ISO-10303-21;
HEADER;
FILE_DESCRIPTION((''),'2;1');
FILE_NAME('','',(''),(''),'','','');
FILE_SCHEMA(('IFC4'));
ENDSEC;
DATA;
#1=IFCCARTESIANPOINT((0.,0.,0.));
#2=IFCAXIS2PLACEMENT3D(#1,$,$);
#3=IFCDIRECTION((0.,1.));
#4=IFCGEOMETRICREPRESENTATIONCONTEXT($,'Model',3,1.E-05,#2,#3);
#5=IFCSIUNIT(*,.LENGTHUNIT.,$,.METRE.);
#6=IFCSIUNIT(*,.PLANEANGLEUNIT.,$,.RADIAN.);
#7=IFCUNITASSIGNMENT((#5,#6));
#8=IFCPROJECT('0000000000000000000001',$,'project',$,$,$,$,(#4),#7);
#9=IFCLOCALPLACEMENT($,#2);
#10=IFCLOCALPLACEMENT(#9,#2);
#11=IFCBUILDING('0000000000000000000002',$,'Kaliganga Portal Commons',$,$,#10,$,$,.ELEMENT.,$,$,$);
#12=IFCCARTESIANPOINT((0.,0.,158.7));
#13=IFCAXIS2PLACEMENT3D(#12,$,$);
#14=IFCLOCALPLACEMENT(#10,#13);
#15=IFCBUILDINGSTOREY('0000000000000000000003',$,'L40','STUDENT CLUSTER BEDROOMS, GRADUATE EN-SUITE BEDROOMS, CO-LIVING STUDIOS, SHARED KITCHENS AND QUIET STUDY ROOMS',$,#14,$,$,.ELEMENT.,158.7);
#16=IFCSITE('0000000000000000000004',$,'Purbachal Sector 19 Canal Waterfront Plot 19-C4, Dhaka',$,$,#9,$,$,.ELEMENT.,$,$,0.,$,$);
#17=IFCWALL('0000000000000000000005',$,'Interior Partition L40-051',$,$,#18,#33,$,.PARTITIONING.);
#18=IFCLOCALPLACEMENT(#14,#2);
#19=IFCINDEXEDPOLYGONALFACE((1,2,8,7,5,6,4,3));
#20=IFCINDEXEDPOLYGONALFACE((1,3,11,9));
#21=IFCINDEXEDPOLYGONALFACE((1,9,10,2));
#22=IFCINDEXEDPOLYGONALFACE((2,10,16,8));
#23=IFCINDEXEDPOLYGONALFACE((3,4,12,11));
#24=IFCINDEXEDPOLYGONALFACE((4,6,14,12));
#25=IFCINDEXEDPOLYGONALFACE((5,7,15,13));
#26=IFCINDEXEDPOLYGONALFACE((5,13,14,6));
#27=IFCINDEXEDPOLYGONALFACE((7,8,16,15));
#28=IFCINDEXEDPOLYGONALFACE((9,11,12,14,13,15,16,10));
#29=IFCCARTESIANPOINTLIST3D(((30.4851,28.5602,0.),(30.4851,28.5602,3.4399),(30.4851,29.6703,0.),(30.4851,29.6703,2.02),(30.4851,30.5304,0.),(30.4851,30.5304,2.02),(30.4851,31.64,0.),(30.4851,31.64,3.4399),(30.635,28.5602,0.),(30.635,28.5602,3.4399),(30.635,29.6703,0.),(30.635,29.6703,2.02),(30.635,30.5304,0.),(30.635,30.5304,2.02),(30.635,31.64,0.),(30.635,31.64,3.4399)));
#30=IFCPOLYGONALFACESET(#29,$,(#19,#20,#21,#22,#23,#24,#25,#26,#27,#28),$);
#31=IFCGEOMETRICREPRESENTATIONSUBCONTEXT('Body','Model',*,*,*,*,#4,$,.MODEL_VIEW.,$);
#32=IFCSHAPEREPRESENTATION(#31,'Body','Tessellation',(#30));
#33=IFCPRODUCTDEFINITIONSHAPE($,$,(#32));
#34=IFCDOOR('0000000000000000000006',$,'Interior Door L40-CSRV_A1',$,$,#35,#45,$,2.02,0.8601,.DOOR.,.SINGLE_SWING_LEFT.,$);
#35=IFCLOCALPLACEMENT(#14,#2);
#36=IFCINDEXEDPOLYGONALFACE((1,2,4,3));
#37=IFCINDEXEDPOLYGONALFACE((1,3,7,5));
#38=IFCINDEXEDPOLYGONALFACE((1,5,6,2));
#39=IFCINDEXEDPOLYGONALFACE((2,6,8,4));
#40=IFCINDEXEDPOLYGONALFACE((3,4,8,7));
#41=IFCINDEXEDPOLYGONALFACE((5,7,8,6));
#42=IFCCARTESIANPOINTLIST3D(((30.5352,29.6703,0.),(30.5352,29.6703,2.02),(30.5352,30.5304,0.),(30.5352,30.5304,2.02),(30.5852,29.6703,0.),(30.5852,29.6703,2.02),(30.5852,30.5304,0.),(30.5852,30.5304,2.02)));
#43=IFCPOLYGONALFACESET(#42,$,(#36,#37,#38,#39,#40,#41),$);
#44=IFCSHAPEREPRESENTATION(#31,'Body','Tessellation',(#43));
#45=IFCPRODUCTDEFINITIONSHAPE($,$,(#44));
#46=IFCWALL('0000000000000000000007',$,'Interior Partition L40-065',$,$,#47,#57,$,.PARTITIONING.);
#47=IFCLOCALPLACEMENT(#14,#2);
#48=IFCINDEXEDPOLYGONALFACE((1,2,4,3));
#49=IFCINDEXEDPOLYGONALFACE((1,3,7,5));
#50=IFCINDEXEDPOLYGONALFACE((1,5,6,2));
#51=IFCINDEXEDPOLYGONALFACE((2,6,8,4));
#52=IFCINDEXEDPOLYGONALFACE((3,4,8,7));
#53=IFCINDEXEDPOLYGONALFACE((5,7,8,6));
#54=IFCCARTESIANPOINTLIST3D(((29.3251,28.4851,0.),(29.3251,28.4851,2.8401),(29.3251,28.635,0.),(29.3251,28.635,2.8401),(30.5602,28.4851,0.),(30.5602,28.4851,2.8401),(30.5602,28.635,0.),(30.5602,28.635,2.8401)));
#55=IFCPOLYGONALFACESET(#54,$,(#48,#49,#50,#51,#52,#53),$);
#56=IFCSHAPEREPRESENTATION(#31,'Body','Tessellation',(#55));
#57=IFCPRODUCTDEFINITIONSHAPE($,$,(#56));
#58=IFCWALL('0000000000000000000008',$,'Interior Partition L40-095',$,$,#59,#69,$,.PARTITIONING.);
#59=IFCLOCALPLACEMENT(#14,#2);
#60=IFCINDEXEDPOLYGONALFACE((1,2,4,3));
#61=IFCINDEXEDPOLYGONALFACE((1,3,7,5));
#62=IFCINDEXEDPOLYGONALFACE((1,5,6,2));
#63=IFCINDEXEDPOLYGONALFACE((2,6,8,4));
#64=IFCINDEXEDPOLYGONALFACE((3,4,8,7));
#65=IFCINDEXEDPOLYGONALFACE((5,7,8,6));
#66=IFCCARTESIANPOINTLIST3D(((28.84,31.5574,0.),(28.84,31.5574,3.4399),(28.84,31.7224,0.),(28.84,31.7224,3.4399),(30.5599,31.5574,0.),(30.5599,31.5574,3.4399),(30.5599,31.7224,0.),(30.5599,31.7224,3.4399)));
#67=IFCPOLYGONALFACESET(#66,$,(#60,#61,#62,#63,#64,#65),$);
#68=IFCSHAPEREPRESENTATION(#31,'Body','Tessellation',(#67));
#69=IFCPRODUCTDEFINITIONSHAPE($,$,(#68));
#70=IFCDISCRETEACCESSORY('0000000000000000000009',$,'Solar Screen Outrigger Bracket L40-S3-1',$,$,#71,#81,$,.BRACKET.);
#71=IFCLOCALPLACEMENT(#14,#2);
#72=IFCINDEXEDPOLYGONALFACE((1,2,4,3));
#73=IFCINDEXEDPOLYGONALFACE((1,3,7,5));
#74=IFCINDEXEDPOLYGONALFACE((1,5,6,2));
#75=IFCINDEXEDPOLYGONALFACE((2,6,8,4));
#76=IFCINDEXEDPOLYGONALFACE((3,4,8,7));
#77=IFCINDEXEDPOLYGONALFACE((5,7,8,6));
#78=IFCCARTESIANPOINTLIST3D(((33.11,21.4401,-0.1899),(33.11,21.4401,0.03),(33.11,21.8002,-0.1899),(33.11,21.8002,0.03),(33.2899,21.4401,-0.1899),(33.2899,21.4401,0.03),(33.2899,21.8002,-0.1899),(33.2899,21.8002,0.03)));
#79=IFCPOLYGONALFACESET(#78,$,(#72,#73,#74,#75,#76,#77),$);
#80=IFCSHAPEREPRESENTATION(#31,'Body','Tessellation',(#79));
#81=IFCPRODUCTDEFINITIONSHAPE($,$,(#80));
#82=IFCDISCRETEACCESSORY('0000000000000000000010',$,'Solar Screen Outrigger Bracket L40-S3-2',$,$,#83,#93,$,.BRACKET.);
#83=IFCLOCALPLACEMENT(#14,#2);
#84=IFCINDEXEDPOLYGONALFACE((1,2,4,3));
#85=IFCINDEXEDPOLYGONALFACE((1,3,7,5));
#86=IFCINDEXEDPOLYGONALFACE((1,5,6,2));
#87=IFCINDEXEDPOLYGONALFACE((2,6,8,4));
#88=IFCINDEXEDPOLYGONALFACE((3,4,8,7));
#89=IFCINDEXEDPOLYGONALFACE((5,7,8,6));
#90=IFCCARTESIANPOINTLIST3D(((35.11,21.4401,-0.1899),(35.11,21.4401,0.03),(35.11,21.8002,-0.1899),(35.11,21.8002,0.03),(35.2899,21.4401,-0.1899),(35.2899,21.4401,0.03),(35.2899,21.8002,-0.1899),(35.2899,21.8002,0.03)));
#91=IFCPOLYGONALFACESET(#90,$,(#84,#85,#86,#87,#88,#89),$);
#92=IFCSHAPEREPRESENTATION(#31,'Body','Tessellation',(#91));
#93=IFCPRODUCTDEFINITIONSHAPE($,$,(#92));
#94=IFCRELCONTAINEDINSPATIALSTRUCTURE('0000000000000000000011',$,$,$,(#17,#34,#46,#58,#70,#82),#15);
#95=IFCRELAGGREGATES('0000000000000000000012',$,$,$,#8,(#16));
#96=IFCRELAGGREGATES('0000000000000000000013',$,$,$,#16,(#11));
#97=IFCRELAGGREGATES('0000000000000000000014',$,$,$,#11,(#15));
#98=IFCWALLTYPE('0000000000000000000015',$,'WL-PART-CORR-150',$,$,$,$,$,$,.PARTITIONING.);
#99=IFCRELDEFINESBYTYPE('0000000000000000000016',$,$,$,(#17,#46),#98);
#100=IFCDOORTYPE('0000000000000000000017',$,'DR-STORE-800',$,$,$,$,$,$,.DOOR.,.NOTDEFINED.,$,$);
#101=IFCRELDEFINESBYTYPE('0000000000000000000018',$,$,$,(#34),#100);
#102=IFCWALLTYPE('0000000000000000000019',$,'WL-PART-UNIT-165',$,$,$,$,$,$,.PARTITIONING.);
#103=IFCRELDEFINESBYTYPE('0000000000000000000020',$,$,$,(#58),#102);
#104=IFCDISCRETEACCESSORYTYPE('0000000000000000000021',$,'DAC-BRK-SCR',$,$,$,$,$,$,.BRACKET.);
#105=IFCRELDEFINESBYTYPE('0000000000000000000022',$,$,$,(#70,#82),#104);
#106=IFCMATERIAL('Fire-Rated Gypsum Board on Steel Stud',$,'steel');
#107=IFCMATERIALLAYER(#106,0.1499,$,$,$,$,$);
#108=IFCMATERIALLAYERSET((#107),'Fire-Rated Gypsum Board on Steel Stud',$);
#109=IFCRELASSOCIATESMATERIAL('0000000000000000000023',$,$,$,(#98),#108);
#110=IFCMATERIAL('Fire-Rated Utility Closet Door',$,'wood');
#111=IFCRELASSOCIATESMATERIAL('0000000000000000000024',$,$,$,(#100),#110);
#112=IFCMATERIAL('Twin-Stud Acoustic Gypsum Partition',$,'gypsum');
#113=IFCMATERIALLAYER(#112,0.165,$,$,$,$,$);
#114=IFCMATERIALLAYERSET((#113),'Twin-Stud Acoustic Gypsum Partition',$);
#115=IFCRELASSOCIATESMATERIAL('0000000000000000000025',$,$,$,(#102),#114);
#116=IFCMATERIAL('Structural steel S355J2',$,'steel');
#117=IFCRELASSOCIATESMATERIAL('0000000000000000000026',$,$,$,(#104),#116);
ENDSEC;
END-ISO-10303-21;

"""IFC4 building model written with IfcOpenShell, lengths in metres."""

from ifc_helpers import new_model, si_unit, direction, frame, frame_2d, origin, origin_2d, place, context, subcontext, project, spatial, rectangle, extrude, source, transform, mapped, material, layer, layer_set, type_object, element, fill, save


model = new_model("IFC4")

# Units and contexts
model_context = context("Model", 3, precision=1e-05, world=origin(), true_north=direction((0.0, 1.0)))
body_context = subcontext(model_context, "Body", "Model", "MODEL_VIEW")
ifc_project = project(units=[si_unit("LENGTHUNIT", "METRE"), si_unit("PLANEANGLEUNIT", "RADIAN")], contexts=[model_context])

# Site, building, storey
site_placement = place(None, origin())
site = spatial("IfcSite", under=ifc_project, at=site_placement, Name="Purbachal Sector 19 Canal Waterfront Plot 19-C4, Dhaka", CompositionType="ELEMENT", RefElevation=0.0)
building_placement = place(site_placement, origin())
building = spatial("IfcBuilding", under=site, at=building_placement, Name="Kaliganga Portal Commons", CompositionType="ELEMENT")
storey_placement = place(building_placement, frame((0.0, 0.0, 158.7)))
storey = spatial("IfcBuildingStorey", under=building, at=storey_placement, Name="L40", Description="STUDENT CLUSTER BEDROOMS, GRADUATE EN-SUITE BEDROOMS, CO-LIVING STUDIOS, SHARED KITCHENS AND QUIET STUDY ROOMS", CompositionType="ELEMENT", Elevation=158.7)

# Shared definitions
ifc_material_1 = material(Name="Structural steel S355J2", Category="steel")

# Shared definitions
ifc_material_2 = material(Name="Fire-Rated Gypsum Board on Steel Stud", Category="steel")
ifc_layer_1 = layer(ifc_material_2, 0.1499)
ifc_layer_set_1 = layer_set([ifc_layer_1], Name="Fire-Rated Gypsum Board on Steel Stud")
wall_type_1 = type_object("IfcWallType", Name="WL-PART-CORR-150", PredefinedType="PARTITIONING", material=ifc_layer_set_1)

# Wall, opening, door
wall_1_placement = place(storey_placement, frame((30.5601, 28.5601, 0.0), z_axis=(0.0, 0.0, 1.0), x_axis=(0.0, 1.0, 0.0)))
wall_1 = element("IfcWall", 1, at=wall_1_placement, inside=storey, type_object=wall_type_1, Name="Interior Partition L40-051", PredefinedType="PARTITIONING", context=body_context, shape_type="SweptSolid", body=[
    extrude(rectangle(XDim=3.0798, YDim=0.1499, at=frame_2d((1.54, 0.0))), origin(), (0.0, 0.0, 1.0), 3.4399),
])
opening_1_placement = place(wall_1_placement, frame((1.1101, 0.0, 0.0)))
opening_1 = element("IfcOpeningElement", 2, at=opening_1_placement, cuts=wall_1, PredefinedType="OPENING", context=body_context, shape_type="SweptSolid", body=[
    extrude(rectangle(XDim=0.8601, YDim=2.02, at=frame_2d((0.4302, 1.01))), frame((0.0, 0.085, 0.0), z_axis=(0.0, -1.0, 0.0), x_axis=(1.0, 0.0, 0.0)), (0.0, 0.0, 1.0), 0.1699),
])
ifc_material_3 = material(Name="Fire-Rated Utility Closet Door", Category="wood")
door_type_1 = type_object("IfcDoorType", Name="DR-STORE-800", OperationType="NOTDEFINED", PredefinedType="DOOR", material=ifc_material_3)
door_1_placement = place(opening_1_placement, origin())
door_1 = element("IfcDoor", 3, at=door_1_placement, inside=storey, type_object=door_type_1, Name="Interior Door L40-CSRV_A1", OperationType="SINGLE_SWING_LEFT", OverallHeight=2.02, OverallWidth=0.8601, PredefinedType="DOOR", context=body_context, shape_type="SweptSolid", body=[
    extrude(rectangle(XDim=0.8601, YDim=2.02, at=frame_2d((0.4302, 1.01))), frame((0.0, 0.0249, 0.0), z_axis=(0.0, -1.0, 0.0), x_axis=(1.0, 0.0, 0.0)), (0.0, 0.0, 1.0), 0.05),
])
fill(opening_1, door_1)

# Walls
wall_2_placement = place(storey_placement, frame((29.325, 28.5601, 0.0), z_axis=(0.0, 0.0, 1.0), x_axis=(1.0, 0.0, 0.0)))
element("IfcWall", 4, at=wall_2_placement, inside=storey, type_object=wall_type_1, Name="Interior Partition L40-065", PredefinedType="PARTITIONING", context=body_context, shape_type="SweptSolid", body=[
    extrude(rectangle(XDim=1.2351, YDim=0.1499, at=frame_2d((0.6177, 0.0))), origin(), (0.0, 0.0, 1.0), 2.8401),
])
ifc_material_4 = material(Name="Twin-Stud Acoustic Gypsum Partition", Category="gypsum")
ifc_layer_2 = layer(ifc_material_4, 0.165)
ifc_layer_set_2 = layer_set([ifc_layer_2], Name="Twin-Stud Acoustic Gypsum Partition")
wall_type_2 = type_object("IfcWallType", Name="WL-PART-UNIT-165", PredefinedType="PARTITIONING", material=ifc_layer_set_2)
wall_3_placement = place(storey_placement, frame((28.8401, 31.6399, 0.0), z_axis=(0.0, 0.0, 1.0), x_axis=(1.0, 0.0, 0.0)))
element("IfcWall", 5, at=wall_3_placement, inside=storey, type_object=wall_type_2, Name="Interior Partition L40-095", PredefinedType="PARTITIONING", context=body_context, shape_type="SweptSolid", body=[
    extrude(rectangle(XDim=1.72, YDim=0.165, at=frame_2d((0.8599, 0.0))), origin(), (0.0, 0.0, 1.0), 3.4399),
])

# Discrete accessories
discrete_accessory_type = type_object("IfcDiscreteAccessoryType", Name="DAC-BRK-SCR", PredefinedType="BRACKET", material=ifc_material_1)
shared_shape_1 = source(origin(), body_context, "Body", "SweptSolid", [
    extrude(rectangle(XDim=0.1799, YDim=0.3601, at=origin_2d()), origin(), (0.0, 0.0, 1.0), 0.22),
])
for number, where, z_axis, x_axis, name in (
    (6, (33.2, 21.6201, -0.1899), (0.0, 0.0, 1.0), (1.0, 0.0, 0.0), "Solar Screen Outrigger Bracket L40-S3-1"),
    (7, (35.2, 21.6201, -0.1899), (0.0, 0.0, 1.0), (1.0, 0.0, 0.0), "Solar Screen Outrigger Bracket L40-S3-2"),
):
    element("IfcDiscreteAccessory", number, at=place(storey_placement, frame(where, z_axis=z_axis, x_axis=x_axis)), inside=storey, type_object=discrete_accessory_type, Name=name, PredefinedType="BRACKET", context=body_context, shape_type="MappedRepresentation", body=[
        mapped(shared_shape_1, transform((0.0, 0.0, 0.0), x_axis=(1.0, 0.0, 0.0), y_axis=(0.0, 1.0, 0.0), z_axis=(0.0, 0.0, 1.0), scale=1.0)),
    ])

save(model, "model.ifc")
